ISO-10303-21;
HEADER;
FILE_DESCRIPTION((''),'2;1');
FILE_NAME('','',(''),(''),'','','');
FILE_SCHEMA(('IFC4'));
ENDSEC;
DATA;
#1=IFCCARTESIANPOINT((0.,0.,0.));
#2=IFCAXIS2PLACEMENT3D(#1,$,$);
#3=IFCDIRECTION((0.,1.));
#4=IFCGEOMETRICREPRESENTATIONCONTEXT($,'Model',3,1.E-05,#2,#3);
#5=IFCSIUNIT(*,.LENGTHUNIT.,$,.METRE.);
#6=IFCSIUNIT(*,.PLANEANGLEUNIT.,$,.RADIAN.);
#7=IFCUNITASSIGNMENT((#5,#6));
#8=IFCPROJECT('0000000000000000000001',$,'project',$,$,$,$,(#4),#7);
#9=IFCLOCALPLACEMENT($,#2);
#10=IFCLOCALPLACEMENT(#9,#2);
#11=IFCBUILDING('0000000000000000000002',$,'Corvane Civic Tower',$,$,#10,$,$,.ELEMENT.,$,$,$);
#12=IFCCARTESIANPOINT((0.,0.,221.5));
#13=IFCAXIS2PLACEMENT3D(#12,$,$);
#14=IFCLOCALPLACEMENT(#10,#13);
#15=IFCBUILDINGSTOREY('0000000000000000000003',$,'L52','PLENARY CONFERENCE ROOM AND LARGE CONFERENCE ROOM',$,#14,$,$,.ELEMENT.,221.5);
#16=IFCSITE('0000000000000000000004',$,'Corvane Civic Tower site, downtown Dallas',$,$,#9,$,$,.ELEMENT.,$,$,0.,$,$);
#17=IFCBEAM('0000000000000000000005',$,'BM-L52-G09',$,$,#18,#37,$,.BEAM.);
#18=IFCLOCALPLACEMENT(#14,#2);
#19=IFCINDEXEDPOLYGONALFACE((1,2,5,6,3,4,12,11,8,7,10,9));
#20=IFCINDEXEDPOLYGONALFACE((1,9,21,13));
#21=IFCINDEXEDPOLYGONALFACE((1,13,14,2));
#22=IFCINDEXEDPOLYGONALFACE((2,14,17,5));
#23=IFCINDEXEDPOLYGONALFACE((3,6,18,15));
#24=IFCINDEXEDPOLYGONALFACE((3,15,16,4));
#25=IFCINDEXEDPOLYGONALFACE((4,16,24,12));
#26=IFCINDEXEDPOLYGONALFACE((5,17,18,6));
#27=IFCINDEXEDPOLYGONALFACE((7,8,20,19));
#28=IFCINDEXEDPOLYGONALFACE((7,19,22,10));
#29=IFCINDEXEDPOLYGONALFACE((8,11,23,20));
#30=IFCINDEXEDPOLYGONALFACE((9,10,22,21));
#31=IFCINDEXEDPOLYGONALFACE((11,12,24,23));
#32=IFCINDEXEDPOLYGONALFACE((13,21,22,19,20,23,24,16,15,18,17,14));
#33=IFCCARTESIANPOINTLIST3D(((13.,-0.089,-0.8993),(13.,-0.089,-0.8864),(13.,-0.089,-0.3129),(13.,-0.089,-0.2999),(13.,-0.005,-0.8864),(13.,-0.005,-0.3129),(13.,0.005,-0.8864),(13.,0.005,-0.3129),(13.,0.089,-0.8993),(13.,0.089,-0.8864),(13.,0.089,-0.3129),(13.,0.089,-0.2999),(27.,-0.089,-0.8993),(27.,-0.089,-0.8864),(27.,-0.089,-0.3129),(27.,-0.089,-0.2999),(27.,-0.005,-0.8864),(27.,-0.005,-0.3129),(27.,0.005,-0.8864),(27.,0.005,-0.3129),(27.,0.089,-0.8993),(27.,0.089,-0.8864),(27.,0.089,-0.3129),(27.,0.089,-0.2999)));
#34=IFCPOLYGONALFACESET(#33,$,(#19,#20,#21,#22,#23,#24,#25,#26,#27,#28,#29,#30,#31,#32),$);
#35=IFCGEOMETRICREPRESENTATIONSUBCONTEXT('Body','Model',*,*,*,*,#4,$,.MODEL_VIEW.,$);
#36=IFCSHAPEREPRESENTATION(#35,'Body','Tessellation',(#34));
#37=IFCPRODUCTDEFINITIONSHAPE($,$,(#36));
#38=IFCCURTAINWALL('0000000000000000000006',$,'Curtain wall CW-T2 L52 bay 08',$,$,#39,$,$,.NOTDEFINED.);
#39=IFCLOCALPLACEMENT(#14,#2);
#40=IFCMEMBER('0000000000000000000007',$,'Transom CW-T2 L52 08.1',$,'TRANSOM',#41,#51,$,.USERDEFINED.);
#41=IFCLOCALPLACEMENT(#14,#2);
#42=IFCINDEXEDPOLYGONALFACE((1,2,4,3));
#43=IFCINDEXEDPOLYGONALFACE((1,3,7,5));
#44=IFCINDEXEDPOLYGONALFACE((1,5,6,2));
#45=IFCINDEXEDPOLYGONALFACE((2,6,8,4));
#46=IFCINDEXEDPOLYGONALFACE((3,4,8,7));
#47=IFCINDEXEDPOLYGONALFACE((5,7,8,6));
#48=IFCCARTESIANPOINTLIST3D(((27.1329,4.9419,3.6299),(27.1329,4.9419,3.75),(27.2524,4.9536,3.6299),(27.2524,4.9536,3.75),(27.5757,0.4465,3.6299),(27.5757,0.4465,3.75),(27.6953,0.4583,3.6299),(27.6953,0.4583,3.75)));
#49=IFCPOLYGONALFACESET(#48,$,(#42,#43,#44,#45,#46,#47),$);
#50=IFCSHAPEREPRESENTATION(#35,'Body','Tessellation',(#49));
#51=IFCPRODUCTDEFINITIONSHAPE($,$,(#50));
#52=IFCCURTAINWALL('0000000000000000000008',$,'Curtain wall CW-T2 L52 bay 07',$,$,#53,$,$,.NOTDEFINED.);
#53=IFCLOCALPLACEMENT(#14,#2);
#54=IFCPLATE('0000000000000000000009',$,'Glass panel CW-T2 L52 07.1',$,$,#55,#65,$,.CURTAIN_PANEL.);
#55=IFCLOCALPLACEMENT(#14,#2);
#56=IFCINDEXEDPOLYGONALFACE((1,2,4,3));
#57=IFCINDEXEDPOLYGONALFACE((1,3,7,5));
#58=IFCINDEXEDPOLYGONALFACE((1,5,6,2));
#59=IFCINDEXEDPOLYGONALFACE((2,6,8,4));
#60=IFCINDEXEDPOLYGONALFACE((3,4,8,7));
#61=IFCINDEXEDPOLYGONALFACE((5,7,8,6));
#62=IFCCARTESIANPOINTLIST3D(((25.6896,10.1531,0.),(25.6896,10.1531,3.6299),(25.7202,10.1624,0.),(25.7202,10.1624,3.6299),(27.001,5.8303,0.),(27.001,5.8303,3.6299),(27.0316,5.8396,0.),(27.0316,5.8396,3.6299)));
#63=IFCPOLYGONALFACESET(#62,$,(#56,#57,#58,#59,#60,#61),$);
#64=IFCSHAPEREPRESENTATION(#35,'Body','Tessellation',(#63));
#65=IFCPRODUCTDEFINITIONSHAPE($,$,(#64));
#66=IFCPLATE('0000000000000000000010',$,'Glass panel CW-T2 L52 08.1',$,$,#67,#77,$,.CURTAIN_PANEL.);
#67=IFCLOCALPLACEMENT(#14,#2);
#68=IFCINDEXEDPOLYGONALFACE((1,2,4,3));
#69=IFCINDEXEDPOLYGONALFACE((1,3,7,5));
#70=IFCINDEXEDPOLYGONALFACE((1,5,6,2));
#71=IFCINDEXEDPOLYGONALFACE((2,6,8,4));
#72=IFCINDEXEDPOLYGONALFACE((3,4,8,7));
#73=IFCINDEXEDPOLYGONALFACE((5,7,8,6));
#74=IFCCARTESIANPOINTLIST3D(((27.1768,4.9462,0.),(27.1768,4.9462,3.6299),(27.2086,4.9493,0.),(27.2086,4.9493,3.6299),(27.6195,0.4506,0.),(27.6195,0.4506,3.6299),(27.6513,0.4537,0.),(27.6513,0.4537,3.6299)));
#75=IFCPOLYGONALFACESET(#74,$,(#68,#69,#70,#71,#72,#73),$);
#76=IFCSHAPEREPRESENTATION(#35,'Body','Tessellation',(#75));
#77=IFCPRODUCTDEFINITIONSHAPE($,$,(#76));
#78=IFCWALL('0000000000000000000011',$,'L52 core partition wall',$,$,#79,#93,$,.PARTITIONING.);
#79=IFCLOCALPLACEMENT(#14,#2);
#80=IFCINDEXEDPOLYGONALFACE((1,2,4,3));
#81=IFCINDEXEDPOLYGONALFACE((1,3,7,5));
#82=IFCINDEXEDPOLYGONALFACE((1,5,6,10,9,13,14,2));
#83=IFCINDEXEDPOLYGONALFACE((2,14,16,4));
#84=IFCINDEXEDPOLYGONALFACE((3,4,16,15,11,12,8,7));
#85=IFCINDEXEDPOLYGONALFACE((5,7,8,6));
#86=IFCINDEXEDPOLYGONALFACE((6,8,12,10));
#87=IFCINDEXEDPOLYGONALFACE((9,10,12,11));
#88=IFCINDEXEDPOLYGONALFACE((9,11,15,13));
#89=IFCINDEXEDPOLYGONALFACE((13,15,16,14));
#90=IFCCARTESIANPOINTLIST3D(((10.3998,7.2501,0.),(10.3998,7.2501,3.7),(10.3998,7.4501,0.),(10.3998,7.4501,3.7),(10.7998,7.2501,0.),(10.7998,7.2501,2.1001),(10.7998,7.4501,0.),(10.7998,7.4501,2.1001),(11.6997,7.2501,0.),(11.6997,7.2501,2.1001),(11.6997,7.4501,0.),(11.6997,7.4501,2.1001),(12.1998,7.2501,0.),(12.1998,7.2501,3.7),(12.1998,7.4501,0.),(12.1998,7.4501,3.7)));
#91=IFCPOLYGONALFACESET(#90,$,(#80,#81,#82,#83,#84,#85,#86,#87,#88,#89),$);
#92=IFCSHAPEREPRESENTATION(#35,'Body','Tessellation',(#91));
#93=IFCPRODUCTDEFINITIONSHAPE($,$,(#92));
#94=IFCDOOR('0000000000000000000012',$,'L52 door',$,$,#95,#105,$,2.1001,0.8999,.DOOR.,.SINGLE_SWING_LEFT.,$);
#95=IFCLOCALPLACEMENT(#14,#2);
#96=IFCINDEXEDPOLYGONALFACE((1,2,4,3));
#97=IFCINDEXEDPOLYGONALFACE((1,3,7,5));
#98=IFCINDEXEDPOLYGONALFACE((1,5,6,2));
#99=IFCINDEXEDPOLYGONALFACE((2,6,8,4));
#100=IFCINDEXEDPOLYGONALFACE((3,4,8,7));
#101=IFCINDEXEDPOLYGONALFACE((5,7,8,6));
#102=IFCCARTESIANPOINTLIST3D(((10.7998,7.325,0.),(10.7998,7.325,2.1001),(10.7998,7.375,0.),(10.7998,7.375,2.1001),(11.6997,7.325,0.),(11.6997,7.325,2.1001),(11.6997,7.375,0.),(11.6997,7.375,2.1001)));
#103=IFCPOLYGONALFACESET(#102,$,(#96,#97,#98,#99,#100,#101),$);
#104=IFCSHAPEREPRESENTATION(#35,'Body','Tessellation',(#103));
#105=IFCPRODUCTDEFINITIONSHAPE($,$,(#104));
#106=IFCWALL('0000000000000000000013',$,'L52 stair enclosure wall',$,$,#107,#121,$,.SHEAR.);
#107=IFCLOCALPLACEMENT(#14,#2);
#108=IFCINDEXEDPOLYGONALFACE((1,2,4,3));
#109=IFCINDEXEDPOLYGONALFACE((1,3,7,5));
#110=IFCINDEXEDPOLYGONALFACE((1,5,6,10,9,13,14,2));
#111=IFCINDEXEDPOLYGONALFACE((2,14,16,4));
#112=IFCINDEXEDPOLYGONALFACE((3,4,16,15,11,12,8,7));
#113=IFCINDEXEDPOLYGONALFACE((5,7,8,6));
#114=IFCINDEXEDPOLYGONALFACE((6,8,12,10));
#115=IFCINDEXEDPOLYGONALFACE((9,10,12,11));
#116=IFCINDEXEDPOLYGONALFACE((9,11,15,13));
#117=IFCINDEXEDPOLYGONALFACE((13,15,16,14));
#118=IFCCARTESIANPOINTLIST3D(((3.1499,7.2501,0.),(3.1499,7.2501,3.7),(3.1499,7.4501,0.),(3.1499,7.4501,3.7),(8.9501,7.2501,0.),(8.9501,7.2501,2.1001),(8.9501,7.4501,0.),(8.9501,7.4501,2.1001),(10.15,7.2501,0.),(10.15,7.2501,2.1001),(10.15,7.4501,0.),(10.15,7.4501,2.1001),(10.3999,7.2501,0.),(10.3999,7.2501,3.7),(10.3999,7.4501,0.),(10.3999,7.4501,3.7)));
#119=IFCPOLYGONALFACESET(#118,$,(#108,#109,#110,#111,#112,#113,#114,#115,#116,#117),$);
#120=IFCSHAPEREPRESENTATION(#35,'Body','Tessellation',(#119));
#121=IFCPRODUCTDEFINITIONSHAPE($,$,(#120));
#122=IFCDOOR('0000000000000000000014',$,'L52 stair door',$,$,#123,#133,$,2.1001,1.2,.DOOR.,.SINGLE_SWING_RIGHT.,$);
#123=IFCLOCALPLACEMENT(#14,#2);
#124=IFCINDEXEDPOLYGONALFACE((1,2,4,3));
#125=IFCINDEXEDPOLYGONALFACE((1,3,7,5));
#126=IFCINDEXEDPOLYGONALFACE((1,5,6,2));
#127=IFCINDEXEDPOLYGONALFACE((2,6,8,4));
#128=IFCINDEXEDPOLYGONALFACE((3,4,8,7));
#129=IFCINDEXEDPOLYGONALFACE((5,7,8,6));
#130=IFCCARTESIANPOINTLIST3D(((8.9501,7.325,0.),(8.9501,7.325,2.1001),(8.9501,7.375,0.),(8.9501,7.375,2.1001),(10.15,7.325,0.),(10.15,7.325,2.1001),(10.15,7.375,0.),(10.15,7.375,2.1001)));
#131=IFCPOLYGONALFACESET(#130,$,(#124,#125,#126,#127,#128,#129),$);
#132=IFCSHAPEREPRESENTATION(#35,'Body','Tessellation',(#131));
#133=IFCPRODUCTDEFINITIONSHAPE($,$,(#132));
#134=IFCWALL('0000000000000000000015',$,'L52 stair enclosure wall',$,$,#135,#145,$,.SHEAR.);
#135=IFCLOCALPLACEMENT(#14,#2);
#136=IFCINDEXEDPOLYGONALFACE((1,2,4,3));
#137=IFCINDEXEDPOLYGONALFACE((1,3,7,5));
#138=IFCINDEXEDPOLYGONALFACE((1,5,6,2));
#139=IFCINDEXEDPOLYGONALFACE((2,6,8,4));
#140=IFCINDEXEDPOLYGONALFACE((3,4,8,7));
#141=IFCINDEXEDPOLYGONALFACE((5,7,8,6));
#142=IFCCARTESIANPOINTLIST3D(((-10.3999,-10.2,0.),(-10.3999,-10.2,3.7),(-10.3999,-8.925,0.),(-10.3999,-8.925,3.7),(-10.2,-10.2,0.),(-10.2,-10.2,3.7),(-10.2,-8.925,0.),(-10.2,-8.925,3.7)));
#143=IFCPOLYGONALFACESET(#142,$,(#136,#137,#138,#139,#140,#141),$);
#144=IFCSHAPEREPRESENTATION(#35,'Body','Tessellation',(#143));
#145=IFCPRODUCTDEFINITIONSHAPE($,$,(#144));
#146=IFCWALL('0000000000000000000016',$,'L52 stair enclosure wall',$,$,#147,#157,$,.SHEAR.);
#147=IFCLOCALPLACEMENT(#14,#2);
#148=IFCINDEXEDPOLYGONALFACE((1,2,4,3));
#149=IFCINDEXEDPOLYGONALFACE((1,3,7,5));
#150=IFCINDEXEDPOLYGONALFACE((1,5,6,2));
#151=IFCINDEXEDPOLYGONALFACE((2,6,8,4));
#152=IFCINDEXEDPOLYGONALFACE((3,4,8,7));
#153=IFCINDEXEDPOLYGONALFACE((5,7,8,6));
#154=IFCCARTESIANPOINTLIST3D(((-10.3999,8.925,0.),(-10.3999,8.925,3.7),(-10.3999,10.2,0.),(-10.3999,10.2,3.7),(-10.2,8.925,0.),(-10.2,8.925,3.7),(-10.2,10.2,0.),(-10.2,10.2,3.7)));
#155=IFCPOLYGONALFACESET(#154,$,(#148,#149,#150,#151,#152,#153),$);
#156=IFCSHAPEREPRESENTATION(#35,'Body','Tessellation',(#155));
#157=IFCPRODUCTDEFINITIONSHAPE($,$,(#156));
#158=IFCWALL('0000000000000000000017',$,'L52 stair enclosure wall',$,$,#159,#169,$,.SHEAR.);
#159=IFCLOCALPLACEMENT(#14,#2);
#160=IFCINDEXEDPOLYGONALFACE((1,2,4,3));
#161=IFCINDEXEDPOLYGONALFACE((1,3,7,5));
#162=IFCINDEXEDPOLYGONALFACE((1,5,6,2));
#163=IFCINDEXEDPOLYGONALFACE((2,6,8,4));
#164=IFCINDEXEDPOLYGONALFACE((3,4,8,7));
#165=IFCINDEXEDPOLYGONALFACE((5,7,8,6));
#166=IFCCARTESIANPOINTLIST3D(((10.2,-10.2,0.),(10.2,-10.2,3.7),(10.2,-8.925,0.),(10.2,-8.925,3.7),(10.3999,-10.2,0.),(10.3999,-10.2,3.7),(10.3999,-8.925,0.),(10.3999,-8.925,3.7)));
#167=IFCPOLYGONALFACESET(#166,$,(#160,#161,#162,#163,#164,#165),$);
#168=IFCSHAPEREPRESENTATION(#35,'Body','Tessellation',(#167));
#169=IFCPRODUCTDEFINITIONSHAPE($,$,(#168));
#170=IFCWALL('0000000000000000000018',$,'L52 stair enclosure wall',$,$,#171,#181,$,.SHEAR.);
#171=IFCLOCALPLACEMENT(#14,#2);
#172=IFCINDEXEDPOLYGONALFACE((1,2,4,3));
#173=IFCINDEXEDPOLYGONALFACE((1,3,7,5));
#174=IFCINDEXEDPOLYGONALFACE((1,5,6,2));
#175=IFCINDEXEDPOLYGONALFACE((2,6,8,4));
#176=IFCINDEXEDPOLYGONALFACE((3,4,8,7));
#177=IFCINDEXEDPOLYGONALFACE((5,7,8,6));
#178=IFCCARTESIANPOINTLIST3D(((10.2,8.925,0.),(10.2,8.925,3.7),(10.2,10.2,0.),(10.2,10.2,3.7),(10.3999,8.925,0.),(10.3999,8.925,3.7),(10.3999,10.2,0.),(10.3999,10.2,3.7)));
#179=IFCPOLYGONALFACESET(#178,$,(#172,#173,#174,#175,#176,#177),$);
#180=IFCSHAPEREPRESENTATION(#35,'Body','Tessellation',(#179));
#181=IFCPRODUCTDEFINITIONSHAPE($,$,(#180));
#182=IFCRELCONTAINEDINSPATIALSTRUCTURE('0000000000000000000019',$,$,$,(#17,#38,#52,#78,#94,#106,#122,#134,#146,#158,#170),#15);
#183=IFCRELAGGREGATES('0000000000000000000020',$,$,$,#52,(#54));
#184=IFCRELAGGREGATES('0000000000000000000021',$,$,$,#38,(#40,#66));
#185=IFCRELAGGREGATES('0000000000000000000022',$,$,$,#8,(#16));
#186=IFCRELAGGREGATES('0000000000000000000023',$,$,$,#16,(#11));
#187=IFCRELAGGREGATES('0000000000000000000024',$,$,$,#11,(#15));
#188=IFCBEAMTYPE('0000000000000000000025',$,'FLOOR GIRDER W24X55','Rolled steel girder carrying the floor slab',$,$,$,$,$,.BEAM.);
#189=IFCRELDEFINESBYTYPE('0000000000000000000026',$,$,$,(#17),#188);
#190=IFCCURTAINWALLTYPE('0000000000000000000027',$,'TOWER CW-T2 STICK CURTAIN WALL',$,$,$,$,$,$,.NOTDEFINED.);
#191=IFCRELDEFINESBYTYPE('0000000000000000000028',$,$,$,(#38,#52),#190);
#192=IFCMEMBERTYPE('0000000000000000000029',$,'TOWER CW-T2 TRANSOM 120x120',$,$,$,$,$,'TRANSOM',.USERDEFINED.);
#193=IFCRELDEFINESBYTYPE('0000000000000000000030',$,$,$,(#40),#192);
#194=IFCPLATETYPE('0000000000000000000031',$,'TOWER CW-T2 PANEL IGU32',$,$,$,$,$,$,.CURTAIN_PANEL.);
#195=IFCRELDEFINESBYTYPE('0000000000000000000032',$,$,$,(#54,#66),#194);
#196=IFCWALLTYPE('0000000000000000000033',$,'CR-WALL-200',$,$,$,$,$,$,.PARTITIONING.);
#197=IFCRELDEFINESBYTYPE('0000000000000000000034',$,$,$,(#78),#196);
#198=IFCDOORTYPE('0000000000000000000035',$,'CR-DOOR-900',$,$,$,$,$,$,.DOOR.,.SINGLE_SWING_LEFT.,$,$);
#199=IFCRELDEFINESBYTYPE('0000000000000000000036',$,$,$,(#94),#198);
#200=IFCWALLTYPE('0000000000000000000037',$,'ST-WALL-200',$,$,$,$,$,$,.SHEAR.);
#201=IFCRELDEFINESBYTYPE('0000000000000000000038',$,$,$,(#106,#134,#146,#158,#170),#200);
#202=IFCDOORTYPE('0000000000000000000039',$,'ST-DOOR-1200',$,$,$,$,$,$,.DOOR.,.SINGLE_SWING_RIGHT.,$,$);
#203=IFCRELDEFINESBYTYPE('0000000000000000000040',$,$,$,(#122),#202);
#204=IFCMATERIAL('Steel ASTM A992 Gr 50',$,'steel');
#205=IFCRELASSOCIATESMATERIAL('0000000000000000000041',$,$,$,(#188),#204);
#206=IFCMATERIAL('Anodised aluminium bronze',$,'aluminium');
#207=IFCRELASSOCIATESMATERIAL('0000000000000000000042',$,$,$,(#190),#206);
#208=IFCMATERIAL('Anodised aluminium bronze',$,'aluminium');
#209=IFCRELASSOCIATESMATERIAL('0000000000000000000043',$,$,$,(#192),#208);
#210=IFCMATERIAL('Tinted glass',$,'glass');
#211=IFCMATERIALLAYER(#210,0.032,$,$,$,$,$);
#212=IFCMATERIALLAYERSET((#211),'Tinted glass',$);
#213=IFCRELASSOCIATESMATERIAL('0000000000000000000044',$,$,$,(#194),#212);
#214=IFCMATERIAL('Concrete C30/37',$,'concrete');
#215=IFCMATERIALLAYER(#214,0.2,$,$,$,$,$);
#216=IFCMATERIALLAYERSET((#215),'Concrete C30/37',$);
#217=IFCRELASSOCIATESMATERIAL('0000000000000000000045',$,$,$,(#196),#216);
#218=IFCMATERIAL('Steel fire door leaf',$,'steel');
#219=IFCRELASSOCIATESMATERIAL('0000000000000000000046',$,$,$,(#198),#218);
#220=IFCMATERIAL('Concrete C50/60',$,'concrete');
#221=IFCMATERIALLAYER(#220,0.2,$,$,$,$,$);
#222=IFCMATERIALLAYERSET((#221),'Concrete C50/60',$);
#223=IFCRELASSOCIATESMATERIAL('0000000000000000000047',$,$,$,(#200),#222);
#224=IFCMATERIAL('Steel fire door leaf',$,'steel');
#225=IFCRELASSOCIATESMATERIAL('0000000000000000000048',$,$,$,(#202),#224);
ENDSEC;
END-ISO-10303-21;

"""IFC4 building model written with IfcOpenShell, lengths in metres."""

from ifc_helpers import new_model, si_unit, direction, frame, frame_2d, origin, origin_2d, place, context, subcontext, project, spatial, polyline, rectangle, i_section, outline, extrude, material, layer, layer_set, material_profile, profile_set, type_object, element, fill, aggregate, save


model = new_model("IFC4")

# Units and contexts
model_context = context("Model", 3, precision=1e-05, world=origin(), true_north=direction((0.0, 1.0)))
body_context = subcontext(model_context, "Body", "Model", "MODEL_VIEW")
ifc_project = project(units=[si_unit("LENGTHUNIT", "METRE"), si_unit("PLANEANGLEUNIT", "RADIAN")], contexts=[model_context])

# Site, building, storey
site_placement = place(None, origin())
site = spatial("IfcSite", under=ifc_project, at=site_placement, Name="Corvane Civic Tower site, downtown Dallas", CompositionType="ELEMENT", RefElevation=0.0)
building_placement = place(site_placement, origin())
building = spatial("IfcBuilding", under=site, at=building_placement, Name="Corvane Civic Tower", CompositionType="ELEMENT")
storey_placement = place(building_placement, frame((0.0, 0.0, 221.5)))
storey = spatial("IfcBuildingStorey", under=building, at=storey_placement, Name="L52", Description="PLENARY CONFERENCE ROOM AND LARGE CONFERENCE ROOM", CompositionType="ELEMENT", Elevation=221.5)

# Beam
ifc_material_1 = material(Name="Steel ASTM A992 Gr 50", Category="steel")
ifc_material_profile_1 = material_profile(ifc_material_1, i_section(OverallWidth=0.178, OverallDepth=0.5994, WebThickness=0.01, FlangeThickness=0.0129, at=origin_2d()), Name="W24X55")
ifc_profile_set_1 = profile_set([ifc_material_profile_1], Name="Steel ASTM A992 Gr 50")
beam_type_1 = type_object("IfcBeamType", Name="FLOOR GIRDER W24X55", Description="Rolled steel girder carrying the floor slab", PredefinedType="BEAM", material=ifc_profile_set_1)
beam_1_placement = place(storey_placement, frame((13.0, 0.0, -0.5996), z_axis=(1.0, 0.0, 0.0), x_axis=(0.0, 1.0, 0.0)))
element("IfcBeam", 1, at=beam_1_placement, inside=storey, type_object=beam_type_1, Name="BM-L52-G09", PredefinedType="BEAM", context=body_context, shape_type="SweptSolid", body=[
    extrude(i_section(OverallWidth=0.178, OverallDepth=0.5994, WebThickness=0.01, FlangeThickness=0.0129, at=origin_2d()), origin(), (0.0, 0.0, 1.0), 14.0),
])

# Curtain wall, member
ifc_material_2 = material(Name="Anodised aluminium bronze", Category="aluminium")
curtain_wall_type = type_object("IfcCurtainWallType", Name="TOWER CW-T2 STICK CURTAIN WALL", PredefinedType="NOTDEFINED", material=ifc_material_2)
curtain_wall_1_placement = place(storey_placement, origin())
curtain_wall_1 = element("IfcCurtainWall", 2, at=curtain_wall_1_placement, inside=storey, type_object=curtain_wall_type, Name="Curtain wall CW-T2 L52 bay 08", PredefinedType="NOTDEFINED")
ifc_material_3 = material(Name="Anodised aluminium bronze", Category="aluminium")
ifc_material_profile_2 = material_profile(ifc_material_3, rectangle(XDim=0.1201, YDim=0.1201, at=origin_2d()), Name="TOWER CW-T2 TRANSOM 120x120")
ifc_profile_set_2 = profile_set([ifc_material_profile_2], Name="Anodised aluminium bronze")
member_type = type_object("IfcMemberType", Name="TOWER CW-T2 TRANSOM 120x120", ElementType="TRANSOM", PredefinedType="USERDEFINED", material=ifc_profile_set_2)
member_placement = place(storey_placement, frame((27.1926, 4.9478, 3.6899), z_axis=(0.098043, -0.995182, 0.0), x_axis=(0.995182, 0.098043, 0.0)))
member = element("IfcMember", 3, at=member_placement, type_object=member_type, Name="Transom CW-T2 L52 08.1", ObjectType="TRANSOM", PredefinedType="USERDEFINED", context=body_context, shape_type="SweptSolid", body=[
    extrude(rectangle(XDim=0.1201, YDim=0.1201, at=origin_2d()), origin(), (0.0, 0.0, 1.0), 4.5171),
])

# Curtain wall, plate
curtain_wall_2_placement = place(storey_placement, origin())
curtain_wall_2 = element("IfcCurtainWall", 4, at=curtain_wall_2_placement, inside=storey, type_object=curtain_wall_type, Name="Curtain wall CW-T2 L52 bay 07", PredefinedType="NOTDEFINED")
ifc_material_4 = material(Name="Tinted glass", Category="glass")
ifc_layer_1 = layer(ifc_material_4, 0.032)
ifc_layer_set_1 = layer_set([ifc_layer_1], Name="Tinted glass")
plate_type = type_object("IfcPlateType", Name="TOWER CW-T2 PANEL IGU32", PredefinedType="CURTAIN_PANEL", material=ifc_layer_set_1)
plate_1_placement = place(storey_placement, frame((26.3606, 7.9963, 0.0), z_axis=(0.0, 0.0, 1.0), x_axis=(0.29029, -0.956939, 0.0)))
plate_1 = element("IfcPlate", 5, at=plate_1_placement, type_object=plate_type, Name="Glass panel CW-T2 L52 07.1", PredefinedType="CURTAIN_PANEL", context=body_context, shape_type="SweptSolid", body=[
    extrude(rectangle(XDim=4.5173, YDim=0.032, at=origin_2d()), origin(), (0.0, 0.0, 1.0), 3.6299),
])
aggregate(curtain_wall_2, [plate_1])

# Plate
plate_2_placement = place(storey_placement, frame((27.4141, 2.7, 0.0), z_axis=(0.0, 0.0, 1.0), x_axis=(0.097993, -0.995187, 0.0)))
plate_2 = element("IfcPlate", 6, at=plate_2_placement, type_object=plate_type, Name="Glass panel CW-T2 L52 08.1", PredefinedType="CURTAIN_PANEL", context=body_context, shape_type="SweptSolid", body=[
    extrude(rectangle(XDim=4.5173, YDim=0.032, at=origin_2d()), origin(), (0.0, 0.0, 1.0), 3.6299),
])
aggregate(curtain_wall_1, [member, plate_2])

# Walls, openings, doors
ifc_material_5 = material(Name="Concrete C30/37", Category="concrete")
ifc_layer_2 = layer(ifc_material_5, 0.2)
ifc_layer_set_2 = layer_set([ifc_layer_2], Name="Concrete C30/37")
wall_type_1 = type_object("IfcWallType", Name="CR-WALL-200", PredefinedType="PARTITIONING", material=ifc_layer_set_2)
wall_1_placement = place(storey_placement, frame((10.3999, 7.3501, 0.0), z_axis=(0.0, 0.0, 1.0), x_axis=(1.0, 0.0, 0.0)))
wall_1 = element("IfcWall", 7, at=wall_1_placement, inside=storey, type_object=wall_type_1, Name="L52 core partition wall", PredefinedType="PARTITIONING", context=body_context, shape_type="SweptSolid", body=[
    extrude(rectangle(XDim=1.8, YDim=0.2, at=frame_2d((0.8999, 0.0))), origin(), (0.0, 0.0, 1.0), 3.7),
])
opening_1_placement = place(wall_1_placement, frame((0.3999, 0.0, 0.0)))
opening_1 = element("IfcOpeningElement", 8, at=opening_1_placement, cuts=wall_1, PredefinedType="OPENING", context=body_context, shape_type="SweptSolid", body=[
    extrude(rectangle(XDim=0.8999, YDim=2.1001, at=frame_2d((0.45, 1.05))), frame((0.0, 0.1099, 0.0), z_axis=(0.0, -1.0, 0.0), x_axis=(1.0, 0.0, 0.0)), (0.0, 0.0, 1.0), 0.22),
])
ifc_material_6 = material(Name="Steel fire door leaf", Category="steel")
door_type_1 = type_object("IfcDoorType", Name="CR-DOOR-900", OperationType="SINGLE_SWING_LEFT", PredefinedType="DOOR", material=ifc_material_6)
door_1_placement = place(opening_1_placement, origin())
door_1 = element("IfcDoor", 9, at=door_1_placement, inside=storey, type_object=door_type_1, Name="L52 door", OperationType="SINGLE_SWING_LEFT", OverallHeight=2.1001, OverallWidth=0.8999, PredefinedType="DOOR", context=body_context, shape_type="SweptSolid", body=[
    extrude(rectangle(XDim=0.8999, YDim=2.1001, at=frame_2d((0.45, 1.05))), frame((0.0, 0.0249, 0.0), z_axis=(0.0, -1.0, 0.0), x_axis=(1.0, 0.0, 0.0)), (0.0, 0.0, 1.0), 0.05),
])
fill(opening_1, door_1)
ifc_material_7 = material(Name="Concrete C50/60", Category="concrete")
ifc_layer_3 = layer(ifc_material_7, 0.2)
ifc_layer_set_3 = layer_set([ifc_layer_3], Name="Concrete C50/60")
wall_type_2 = type_object("IfcWallType", Name="ST-WALL-200", PredefinedType="SHEAR", material=ifc_layer_set_3)
wall_2_placement = place(storey_placement, frame((3.1499, 7.3501, 0.0), z_axis=(0.0, 0.0, 1.0), x_axis=(1.0, 0.0, 0.0)))
wall_2 = element("IfcWall", 10, at=wall_2_placement, inside=storey, type_object=wall_type_2, Name="L52 stair enclosure wall", PredefinedType="SHEAR", context=body_context, shape_type="SweptSolid", body=[
    extrude(rectangle(XDim=7.25, YDim=0.2, at=frame_2d((3.625, 0.0))), origin(), (0.0, 0.0, 1.0), 3.7),
])
opening_2_placement = place(wall_2_placement, frame((5.8, 0.0, 0.0)))
opening_2 = element("IfcOpeningElement", 11, at=opening_2_placement, cuts=wall_2, PredefinedType="OPENING", context=body_context, shape_type="SweptSolid", body=[
    extrude(rectangle(XDim=1.2, YDim=2.1001, at=frame_2d((0.6001, 1.05))), frame((0.0, 0.1099, 0.0), z_axis=(0.0, -1.0, 0.0), x_axis=(1.0, 0.0, 0.0)), (0.0, 0.0, 1.0), 0.22),
])
ifc_material_8 = material(Name="Steel fire door leaf", Category="steel")
door_type_2 = type_object("IfcDoorType", Name="ST-DOOR-1200", OperationType="SINGLE_SWING_RIGHT", PredefinedType="DOOR", material=ifc_material_8)
door_2_placement = place(opening_2_placement, origin())
door_2 = element("IfcDoor", 12, at=door_2_placement, inside=storey, type_object=door_type_2, Name="L52 stair door", OperationType="SINGLE_SWING_RIGHT", OverallHeight=2.1001, OverallWidth=1.2, PredefinedType="DOOR", context=body_context, shape_type="SweptSolid", body=[
    extrude(rectangle(XDim=1.2, YDim=2.1001, at=frame_2d((0.6001, 1.05))), frame((0.0, 0.0249, 0.0), z_axis=(0.0, -1.0, 0.0), x_axis=(1.0, 0.0, 0.0)), (0.0, 0.0, 1.0), 0.05),
])
fill(opening_2, door_2)

# Walls
wall_3_placement = place(storey_placement, origin())
element("IfcWall", 13, at=wall_3_placement, inside=storey, type_object=wall_type_2, Name="L52 stair enclosure wall", PredefinedType="SHEAR", context=body_context, shape_type="SweptSolid", body=[
    extrude(outline(polyline([(-10.2, -8.925), (-10.2, -10.2), (-10.3999, -10.2), (-10.3999, -8.925), (-10.2, -8.925)])), origin(), (0.0, 0.0, 1.0), 3.7),
])
wall_4_placement = place(storey_placement, origin())
element("IfcWall", 14, at=wall_4_placement, inside=storey, type_object=wall_type_2, Name="L52 stair enclosure wall", PredefinedType="SHEAR", context=body_context, shape_type="SweptSolid", body=[
    extrude(outline(polyline([(-10.2, 8.925), (-10.3999, 8.925), (-10.3999, 10.2), (-10.2, 10.2), (-10.2, 8.925)])), origin(), (0.0, 0.0, 1.0), 3.7),
])
wall_5_placement = place(storey_placement, origin())
element("IfcWall", 15, at=wall_5_placement, inside=storey, type_object=wall_type_2, Name="L52 stair enclosure wall", PredefinedType="SHEAR", context=body_context, shape_type="SweptSolid", body=[
    extrude(outline(polyline([(10.3999, -8.925), (10.3999, -10.2), (10.2, -10.2), (10.2, -8.925), (10.3999, -8.925)])), origin(), (0.0, 0.0, 1.0), 3.7),
])
wall_6_placement = place(storey_placement, origin())
element("IfcWall", 16, at=wall_6_placement, inside=storey, type_object=wall_type_2, Name="L52 stair enclosure wall", PredefinedType="SHEAR", context=body_context, shape_type="SweptSolid", body=[
    extrude(outline(polyline([(10.3999, 8.925), (10.2, 8.925), (10.2, 10.2), (10.3999, 10.2), (10.3999, 8.925)])), origin(), (0.0, 0.0, 1.0), 3.7),
])

save(model, "model.ifc")
